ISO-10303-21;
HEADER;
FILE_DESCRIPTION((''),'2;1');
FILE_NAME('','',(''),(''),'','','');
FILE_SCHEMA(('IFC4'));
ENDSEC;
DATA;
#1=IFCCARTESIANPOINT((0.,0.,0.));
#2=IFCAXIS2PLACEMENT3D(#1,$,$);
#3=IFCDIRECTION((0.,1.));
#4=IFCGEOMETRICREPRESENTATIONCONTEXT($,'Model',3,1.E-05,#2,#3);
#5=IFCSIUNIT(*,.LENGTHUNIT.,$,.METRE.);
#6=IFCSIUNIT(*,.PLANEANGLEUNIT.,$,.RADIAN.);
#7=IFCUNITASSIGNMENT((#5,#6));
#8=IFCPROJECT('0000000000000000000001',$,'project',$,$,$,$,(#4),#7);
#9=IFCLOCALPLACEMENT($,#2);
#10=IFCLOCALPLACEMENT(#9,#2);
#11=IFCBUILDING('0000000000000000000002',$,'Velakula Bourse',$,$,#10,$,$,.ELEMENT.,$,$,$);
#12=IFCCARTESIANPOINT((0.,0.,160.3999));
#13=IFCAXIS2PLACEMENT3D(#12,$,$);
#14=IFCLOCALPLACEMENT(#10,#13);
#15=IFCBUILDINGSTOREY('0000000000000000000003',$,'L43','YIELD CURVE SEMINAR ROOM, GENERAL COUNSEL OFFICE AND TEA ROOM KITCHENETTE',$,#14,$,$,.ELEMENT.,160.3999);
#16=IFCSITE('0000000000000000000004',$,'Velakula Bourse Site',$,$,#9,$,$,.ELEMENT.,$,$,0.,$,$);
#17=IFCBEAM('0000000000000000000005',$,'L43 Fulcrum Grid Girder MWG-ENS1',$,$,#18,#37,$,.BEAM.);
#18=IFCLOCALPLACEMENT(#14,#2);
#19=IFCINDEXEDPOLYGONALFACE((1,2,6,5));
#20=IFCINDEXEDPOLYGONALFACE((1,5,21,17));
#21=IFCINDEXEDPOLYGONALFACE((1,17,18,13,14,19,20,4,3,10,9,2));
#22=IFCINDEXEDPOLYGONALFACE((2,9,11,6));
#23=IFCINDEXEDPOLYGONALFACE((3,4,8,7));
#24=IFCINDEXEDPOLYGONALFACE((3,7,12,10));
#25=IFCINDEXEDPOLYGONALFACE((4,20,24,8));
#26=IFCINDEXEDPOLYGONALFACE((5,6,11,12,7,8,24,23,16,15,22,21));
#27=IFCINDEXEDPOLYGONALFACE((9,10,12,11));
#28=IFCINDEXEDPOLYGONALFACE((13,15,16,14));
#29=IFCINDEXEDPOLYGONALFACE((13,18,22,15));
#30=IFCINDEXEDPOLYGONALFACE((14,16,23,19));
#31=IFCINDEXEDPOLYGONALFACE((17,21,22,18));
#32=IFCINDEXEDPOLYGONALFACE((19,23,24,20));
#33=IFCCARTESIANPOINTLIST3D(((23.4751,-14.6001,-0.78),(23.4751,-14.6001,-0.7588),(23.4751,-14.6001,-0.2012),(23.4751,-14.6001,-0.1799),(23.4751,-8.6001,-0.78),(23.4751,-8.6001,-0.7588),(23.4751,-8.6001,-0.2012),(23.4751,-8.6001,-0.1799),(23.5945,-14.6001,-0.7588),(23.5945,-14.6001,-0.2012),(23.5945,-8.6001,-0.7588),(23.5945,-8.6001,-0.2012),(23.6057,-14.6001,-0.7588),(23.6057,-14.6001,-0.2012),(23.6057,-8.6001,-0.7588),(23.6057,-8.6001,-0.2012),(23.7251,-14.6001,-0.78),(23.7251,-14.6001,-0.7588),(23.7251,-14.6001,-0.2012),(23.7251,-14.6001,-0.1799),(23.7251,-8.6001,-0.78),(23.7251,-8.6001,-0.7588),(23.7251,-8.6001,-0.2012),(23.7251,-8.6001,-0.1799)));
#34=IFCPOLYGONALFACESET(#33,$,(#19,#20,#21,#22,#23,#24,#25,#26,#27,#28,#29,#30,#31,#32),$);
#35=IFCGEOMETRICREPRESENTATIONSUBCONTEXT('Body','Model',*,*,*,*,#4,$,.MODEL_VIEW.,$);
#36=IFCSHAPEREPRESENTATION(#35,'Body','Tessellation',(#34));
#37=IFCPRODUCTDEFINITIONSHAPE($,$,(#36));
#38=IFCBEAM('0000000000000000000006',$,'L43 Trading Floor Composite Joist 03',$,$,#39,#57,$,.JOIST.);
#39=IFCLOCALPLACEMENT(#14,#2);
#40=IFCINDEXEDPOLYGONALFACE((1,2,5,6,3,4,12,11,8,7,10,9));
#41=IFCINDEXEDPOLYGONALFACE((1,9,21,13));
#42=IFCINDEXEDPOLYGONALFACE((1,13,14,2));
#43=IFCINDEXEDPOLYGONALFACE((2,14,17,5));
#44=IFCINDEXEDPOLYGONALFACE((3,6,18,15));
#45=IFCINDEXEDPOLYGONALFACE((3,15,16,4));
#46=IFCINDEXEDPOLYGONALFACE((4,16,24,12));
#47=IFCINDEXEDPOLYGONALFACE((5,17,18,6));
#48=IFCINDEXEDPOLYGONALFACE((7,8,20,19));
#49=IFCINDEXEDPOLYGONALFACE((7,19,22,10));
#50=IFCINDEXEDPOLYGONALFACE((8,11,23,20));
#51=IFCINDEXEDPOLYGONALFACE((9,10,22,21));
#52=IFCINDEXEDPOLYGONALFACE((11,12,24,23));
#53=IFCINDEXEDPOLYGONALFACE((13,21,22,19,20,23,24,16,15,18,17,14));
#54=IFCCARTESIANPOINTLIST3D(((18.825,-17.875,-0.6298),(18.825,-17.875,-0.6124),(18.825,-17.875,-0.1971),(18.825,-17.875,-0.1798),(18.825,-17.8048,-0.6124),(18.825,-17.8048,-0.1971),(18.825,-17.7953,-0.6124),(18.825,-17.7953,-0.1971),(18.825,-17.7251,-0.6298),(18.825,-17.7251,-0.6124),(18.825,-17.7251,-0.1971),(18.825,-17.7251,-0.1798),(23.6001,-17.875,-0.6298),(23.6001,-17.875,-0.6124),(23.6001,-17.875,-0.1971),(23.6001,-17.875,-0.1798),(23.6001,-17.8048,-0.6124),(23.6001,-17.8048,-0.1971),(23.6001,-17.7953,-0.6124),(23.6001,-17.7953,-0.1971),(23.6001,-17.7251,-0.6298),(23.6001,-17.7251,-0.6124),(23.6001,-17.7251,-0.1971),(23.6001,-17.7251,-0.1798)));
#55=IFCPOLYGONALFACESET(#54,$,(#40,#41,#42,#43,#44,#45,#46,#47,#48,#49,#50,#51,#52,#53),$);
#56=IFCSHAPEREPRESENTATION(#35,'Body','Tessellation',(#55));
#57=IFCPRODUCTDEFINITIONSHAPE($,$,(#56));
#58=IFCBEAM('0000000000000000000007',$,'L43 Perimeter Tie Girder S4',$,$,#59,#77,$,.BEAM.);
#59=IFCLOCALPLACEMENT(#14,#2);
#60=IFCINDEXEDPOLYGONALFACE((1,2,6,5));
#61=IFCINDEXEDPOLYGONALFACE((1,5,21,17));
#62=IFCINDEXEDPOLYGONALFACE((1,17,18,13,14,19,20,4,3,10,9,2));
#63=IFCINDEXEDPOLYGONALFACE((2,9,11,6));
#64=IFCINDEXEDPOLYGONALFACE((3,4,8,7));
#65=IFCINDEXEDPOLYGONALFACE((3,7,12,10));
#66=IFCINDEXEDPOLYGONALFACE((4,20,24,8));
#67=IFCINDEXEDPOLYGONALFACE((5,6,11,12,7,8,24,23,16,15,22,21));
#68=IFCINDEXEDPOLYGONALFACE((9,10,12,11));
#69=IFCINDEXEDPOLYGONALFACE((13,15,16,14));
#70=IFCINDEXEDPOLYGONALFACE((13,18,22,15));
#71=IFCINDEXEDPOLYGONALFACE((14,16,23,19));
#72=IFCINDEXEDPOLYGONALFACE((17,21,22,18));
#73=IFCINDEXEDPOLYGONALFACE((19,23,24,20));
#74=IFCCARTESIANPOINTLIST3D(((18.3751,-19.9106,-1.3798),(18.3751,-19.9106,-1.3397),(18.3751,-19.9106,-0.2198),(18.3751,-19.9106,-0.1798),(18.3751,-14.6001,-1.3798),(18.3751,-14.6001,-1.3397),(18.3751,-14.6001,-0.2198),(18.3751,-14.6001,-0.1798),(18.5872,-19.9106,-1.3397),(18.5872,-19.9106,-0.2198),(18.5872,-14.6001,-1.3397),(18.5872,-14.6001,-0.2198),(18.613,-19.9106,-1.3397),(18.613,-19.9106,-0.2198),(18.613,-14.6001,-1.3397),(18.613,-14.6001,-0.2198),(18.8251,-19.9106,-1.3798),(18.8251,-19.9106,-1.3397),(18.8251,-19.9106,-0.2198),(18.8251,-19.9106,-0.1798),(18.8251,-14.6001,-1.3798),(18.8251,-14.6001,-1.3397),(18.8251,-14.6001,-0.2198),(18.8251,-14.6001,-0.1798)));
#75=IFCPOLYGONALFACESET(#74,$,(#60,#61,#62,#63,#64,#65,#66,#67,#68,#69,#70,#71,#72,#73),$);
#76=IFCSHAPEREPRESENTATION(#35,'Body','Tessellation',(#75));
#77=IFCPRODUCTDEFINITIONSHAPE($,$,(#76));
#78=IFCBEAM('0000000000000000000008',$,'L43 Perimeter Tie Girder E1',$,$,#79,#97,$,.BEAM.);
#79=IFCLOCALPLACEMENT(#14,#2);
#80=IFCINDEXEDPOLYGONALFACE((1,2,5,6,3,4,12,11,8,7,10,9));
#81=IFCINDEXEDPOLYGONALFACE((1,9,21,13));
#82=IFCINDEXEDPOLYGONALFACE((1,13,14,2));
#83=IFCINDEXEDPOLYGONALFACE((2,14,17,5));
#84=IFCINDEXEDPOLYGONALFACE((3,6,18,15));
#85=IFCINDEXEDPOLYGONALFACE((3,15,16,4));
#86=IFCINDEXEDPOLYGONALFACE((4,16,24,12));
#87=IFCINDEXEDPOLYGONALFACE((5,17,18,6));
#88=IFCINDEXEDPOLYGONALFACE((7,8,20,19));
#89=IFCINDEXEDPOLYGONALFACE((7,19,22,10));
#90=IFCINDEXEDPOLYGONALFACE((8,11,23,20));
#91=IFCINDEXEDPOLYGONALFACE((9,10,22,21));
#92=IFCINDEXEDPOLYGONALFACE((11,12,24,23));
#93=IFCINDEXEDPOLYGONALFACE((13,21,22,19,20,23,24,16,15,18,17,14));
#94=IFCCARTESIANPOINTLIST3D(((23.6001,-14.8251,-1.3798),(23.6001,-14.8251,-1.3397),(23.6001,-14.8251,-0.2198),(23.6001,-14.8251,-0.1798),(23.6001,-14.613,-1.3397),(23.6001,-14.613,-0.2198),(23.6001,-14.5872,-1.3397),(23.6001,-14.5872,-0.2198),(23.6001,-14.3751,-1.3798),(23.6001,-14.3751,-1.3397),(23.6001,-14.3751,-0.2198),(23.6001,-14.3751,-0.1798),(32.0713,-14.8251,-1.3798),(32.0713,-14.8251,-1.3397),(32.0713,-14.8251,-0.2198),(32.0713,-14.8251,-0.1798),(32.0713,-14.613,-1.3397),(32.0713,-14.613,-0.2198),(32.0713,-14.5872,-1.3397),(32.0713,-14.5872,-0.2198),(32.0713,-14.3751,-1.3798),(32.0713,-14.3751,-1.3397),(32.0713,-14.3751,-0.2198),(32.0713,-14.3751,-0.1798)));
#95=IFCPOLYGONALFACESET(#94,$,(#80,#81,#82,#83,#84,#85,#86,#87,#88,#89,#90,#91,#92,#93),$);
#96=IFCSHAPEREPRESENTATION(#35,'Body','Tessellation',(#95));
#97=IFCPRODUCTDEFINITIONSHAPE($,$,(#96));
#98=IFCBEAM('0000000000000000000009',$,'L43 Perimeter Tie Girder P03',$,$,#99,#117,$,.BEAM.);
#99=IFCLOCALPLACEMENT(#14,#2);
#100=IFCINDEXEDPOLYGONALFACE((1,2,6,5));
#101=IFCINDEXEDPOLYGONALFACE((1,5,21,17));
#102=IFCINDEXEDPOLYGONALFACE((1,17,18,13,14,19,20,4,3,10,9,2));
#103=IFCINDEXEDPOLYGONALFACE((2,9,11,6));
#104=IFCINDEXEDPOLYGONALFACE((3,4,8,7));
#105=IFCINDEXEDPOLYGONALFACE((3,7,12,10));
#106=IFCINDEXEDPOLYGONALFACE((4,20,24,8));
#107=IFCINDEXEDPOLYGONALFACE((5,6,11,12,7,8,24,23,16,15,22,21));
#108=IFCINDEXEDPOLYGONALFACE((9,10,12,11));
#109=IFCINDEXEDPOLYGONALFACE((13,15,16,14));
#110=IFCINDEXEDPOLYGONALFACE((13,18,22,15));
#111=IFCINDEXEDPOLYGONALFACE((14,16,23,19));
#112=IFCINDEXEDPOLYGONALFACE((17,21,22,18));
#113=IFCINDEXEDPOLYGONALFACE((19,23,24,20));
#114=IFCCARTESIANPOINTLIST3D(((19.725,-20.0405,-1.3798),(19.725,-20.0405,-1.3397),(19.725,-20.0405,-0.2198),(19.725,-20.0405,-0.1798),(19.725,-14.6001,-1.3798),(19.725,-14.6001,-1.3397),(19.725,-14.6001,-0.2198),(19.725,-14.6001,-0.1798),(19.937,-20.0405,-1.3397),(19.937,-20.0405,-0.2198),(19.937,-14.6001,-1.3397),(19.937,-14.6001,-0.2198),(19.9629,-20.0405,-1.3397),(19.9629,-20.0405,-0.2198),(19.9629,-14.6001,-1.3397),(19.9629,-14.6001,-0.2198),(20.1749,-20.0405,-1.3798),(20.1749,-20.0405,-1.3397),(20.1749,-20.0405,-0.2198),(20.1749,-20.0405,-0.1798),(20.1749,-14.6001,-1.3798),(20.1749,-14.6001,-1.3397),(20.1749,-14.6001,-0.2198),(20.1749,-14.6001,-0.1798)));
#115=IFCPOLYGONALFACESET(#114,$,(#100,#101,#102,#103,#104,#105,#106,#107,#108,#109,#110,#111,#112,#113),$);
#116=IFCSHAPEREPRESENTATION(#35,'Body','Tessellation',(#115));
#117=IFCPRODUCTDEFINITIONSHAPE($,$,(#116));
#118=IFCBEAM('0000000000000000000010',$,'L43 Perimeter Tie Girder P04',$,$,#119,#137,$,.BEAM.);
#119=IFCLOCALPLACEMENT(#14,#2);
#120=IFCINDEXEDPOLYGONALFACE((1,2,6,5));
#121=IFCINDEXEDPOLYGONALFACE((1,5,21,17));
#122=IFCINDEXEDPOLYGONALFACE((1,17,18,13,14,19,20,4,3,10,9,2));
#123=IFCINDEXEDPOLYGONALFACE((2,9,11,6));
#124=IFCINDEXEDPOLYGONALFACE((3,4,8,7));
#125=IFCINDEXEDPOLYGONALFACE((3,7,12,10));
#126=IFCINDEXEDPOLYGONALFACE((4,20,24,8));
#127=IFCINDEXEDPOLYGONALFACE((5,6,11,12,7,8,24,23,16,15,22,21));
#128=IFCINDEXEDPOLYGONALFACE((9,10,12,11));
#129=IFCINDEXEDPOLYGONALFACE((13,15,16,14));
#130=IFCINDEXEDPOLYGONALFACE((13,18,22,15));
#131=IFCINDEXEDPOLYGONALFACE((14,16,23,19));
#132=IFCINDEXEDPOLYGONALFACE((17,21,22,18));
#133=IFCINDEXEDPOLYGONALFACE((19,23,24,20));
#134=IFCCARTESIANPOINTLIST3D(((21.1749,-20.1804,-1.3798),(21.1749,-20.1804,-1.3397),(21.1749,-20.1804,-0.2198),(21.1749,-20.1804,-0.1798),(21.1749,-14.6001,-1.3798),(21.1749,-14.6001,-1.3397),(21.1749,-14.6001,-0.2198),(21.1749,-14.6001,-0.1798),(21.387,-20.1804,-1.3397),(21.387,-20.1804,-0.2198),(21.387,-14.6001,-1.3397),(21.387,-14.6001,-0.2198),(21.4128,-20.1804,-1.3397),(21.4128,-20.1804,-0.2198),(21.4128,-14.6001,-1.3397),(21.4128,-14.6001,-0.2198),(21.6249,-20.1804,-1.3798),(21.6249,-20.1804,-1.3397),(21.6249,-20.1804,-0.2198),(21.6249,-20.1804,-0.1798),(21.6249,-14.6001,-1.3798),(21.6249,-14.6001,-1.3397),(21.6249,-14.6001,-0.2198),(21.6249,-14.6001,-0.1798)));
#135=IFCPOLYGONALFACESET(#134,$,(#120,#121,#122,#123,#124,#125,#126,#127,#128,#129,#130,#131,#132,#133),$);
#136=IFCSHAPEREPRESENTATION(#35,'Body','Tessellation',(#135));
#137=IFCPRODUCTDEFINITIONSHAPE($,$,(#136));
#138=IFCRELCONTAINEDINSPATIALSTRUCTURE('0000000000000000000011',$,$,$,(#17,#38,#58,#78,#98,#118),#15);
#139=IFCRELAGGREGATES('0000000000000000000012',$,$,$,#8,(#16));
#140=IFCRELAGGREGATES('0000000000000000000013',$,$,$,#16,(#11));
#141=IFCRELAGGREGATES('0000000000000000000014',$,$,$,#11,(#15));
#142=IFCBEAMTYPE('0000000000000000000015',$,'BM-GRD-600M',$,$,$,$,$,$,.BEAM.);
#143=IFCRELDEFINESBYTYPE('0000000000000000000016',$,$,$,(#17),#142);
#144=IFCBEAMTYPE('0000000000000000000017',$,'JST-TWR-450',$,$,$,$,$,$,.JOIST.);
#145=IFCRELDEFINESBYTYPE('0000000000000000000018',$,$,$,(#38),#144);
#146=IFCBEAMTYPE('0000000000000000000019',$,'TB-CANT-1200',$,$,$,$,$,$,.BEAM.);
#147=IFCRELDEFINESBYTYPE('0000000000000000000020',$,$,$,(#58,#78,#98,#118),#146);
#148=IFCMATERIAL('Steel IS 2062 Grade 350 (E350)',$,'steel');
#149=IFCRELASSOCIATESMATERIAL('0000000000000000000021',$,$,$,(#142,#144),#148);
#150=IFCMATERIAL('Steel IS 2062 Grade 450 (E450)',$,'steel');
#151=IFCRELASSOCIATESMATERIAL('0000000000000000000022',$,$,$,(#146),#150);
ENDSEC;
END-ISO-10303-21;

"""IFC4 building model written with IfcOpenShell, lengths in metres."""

from ifc_helpers import new_model, si_unit, direction, frame, origin, origin_2d, place, context, subcontext, project, spatial, i_section, extrude, material, material_profile, profile_set, type_object, element, save


model = new_model("IFC4")

# Units and contexts
model_context = context("Model", 3, precision=1e-05, world=origin(), true_north=direction((0.0, 1.0)))
body_context = subcontext(model_context, "Body", "Model", "MODEL_VIEW")
ifc_project = project(units=[si_unit("LENGTHUNIT", "METRE"), si_unit("PLANEANGLEUNIT", "RADIAN")], contexts=[model_context])

# Site, building, storey
site_placement = place(None, origin())
site = spatial("IfcSite", under=ifc_project, at=site_placement, Name="Velakula Bourse Site", CompositionType="ELEMENT", RefElevation=0.0)
building_placement = place(site_placement, origin())
building = spatial("IfcBuilding", under=site, at=building_placement, Name="Velakula Bourse", CompositionType="ELEMENT")
storey_placement = place(building_placement, frame((0.0, 0.0, 160.3999)))
storey = spatial("IfcBuildingStorey", under=building, at=storey_placement, Name="L43", Description="YIELD CURVE SEMINAR ROOM, GENERAL COUNSEL OFFICE AND TEA ROOM KITCHENETTE", CompositionType="ELEMENT", Elevation=160.3999)

# Shared definitions
ifc_material_1 = material(Name="Steel IS 2062 Grade 350 (E350)", Category="steel")

# Beams
ifc_material_profile_1 = material_profile(ifc_material_1, i_section(OverallWidth=0.25, OverallDepth=0.6001, WebThickness=0.0112, FlangeThickness=0.0212, at=origin_2d()), Name="Steel IS 2062 Grade 350 (E350)")
ifc_profile_set_1 = profile_set([ifc_material_profile_1], Name="Steel IS 2062 Grade 350 (E350)")
beam_type_1 = type_object("IfcBeamType", Name="BM-GRD-600M", PredefinedType="BEAM", material=ifc_profile_set_1)
beam_1_placement = place(storey_placement, frame((23.6001, -14.6001, -0.48), z_axis=(0.0, 1.0, 0.0), x_axis=(-1.0, 0.0, 0.0)))
element("IfcBeam", 1, at=beam_1_placement, inside=storey, type_object=beam_type_1, Name="L43 Fulcrum Grid Girder MWG-ENS1", PredefinedType="BEAM", context=body_context, shape_type="SweptSolid", body=[
    extrude(i_section(OverallWidth=0.25, OverallDepth=0.6001, WebThickness=0.0112, FlangeThickness=0.0212, at=origin_2d()), origin(), (0.0, 0.0, 1.0), 6.0),
])
ifc_material_profile_2 = material_profile(ifc_material_1, i_section(OverallWidth=0.1499, OverallDepth=0.45, WebThickness=0.0095, FlangeThickness=0.0173, at=origin_2d()), Name="Steel IS 2062 Grade 350 (E350)")
ifc_profile_set_2 = profile_set([ifc_material_profile_2], Name="Steel IS 2062 Grade 350 (E350)")
beam_type_2 = type_object("IfcBeamType", Name="JST-TWR-450", PredefinedType="JOIST", material=ifc_profile_set_2)
beam_2_placement = place(storey_placement, frame((18.825, -17.8, -0.4048), z_axis=(1.0, 0.0, 0.0), x_axis=(0.0, 1.0, 0.0)))
element("IfcBeam", 2, at=beam_2_placement, inside=storey, type_object=beam_type_2, Name="L43 Trading Floor Composite Joist 03", PredefinedType="JOIST", context=body_context, shape_type="SweptSolid", body=[
    extrude(i_section(OverallWidth=0.1499, OverallDepth=0.45, WebThickness=0.0095, FlangeThickness=0.0173, at=origin_2d()), origin(), (0.0, 0.0, 1.0), 4.7751),
])
ifc_material_2 = material(Name="Steel IS 2062 Grade 450 (E450)", Category="steel")
ifc_material_profile_3 = material_profile(ifc_material_2, i_section(OverallWidth=0.45, OverallDepth=1.2, WebThickness=0.0259, FlangeThickness=0.04, at=origin_2d()), Name="Steel IS 2062 Grade 450 (E450)")
ifc_profile_set_3 = profile_set([ifc_material_profile_3], Name="Steel IS 2062 Grade 450 (E450)")
beam_type_3 = type_object("IfcBeamType", Name="TB-CANT-1200", PredefinedType="BEAM", material=ifc_profile_set_3)
beam_3_placement = place(storey_placement, frame((18.6001, -14.6001, -0.7798), z_axis=(0.0, -1.0, 0.0), x_axis=(1.0, 0.0, 0.0)))
element("IfcBeam", 3, at=beam_3_placement, inside=storey, type_object=beam_type_3, Name="L43 Perimeter Tie Girder S4", PredefinedType="BEAM", context=body_context, shape_type="SweptSolid", body=[
    extrude(i_section(OverallWidth=0.45, OverallDepth=1.2, WebThickness=0.0259, FlangeThickness=0.04, at=origin_2d()), origin(), (0.0, 0.0, 1.0), 5.3105),
])
beam_4_placement = place(storey_placement, frame((23.6001, -14.6001, -0.7798), z_axis=(1.0, 0.0, 0.0), x_axis=(0.0, 1.0, 0.0)))
element("IfcBeam", 4, at=beam_4_placement, inside=storey, type_object=beam_type_3, Name="L43 Perimeter Tie Girder E1", PredefinedType="BEAM", context=body_context, shape_type="SweptSolid", body=[
    extrude(i_section(OverallWidth=0.45, OverallDepth=1.2, WebThickness=0.0259, FlangeThickness=0.04, at=origin_2d()), origin(), (0.0, 0.0, 1.0), 8.4712),
])
beam_5_placement = place(storey_placement, frame((19.95, -14.6001, -0.7798), z_axis=(0.0, -1.0, 0.0), x_axis=(1.0, 0.0, 0.0)))
element("IfcBeam", 5, at=beam_5_placement, inside=storey, type_object=beam_type_3, Name="L43 Perimeter Tie Girder P03", PredefinedType="BEAM", context=body_context, shape_type="SweptSolid", body=[
    extrude(i_section(OverallWidth=0.45, OverallDepth=1.2, WebThickness=0.0259, FlangeThickness=0.04, at=origin_2d()), origin(), (0.0, 0.0, 1.0), 5.4404),
])
beam_6_placement = place(storey_placement, frame((21.3999, -14.6001, -0.7798), z_axis=(0.0, -1.0, 0.0), x_axis=(1.0, 0.0, 0.0)))
element("IfcBeam", 6, at=beam_6_placement, inside=storey, type_object=beam_type_3, Name="L43 Perimeter Tie Girder P04", PredefinedType="BEAM", context=body_context, shape_type="SweptSolid", body=[
    extrude(i_section(OverallWidth=0.45, OverallDepth=1.2, WebThickness=0.0259, FlangeThickness=0.04, at=origin_2d()), origin(), (0.0, 0.0, 1.0), 5.5803),
])

save(model, "model.ifc")
